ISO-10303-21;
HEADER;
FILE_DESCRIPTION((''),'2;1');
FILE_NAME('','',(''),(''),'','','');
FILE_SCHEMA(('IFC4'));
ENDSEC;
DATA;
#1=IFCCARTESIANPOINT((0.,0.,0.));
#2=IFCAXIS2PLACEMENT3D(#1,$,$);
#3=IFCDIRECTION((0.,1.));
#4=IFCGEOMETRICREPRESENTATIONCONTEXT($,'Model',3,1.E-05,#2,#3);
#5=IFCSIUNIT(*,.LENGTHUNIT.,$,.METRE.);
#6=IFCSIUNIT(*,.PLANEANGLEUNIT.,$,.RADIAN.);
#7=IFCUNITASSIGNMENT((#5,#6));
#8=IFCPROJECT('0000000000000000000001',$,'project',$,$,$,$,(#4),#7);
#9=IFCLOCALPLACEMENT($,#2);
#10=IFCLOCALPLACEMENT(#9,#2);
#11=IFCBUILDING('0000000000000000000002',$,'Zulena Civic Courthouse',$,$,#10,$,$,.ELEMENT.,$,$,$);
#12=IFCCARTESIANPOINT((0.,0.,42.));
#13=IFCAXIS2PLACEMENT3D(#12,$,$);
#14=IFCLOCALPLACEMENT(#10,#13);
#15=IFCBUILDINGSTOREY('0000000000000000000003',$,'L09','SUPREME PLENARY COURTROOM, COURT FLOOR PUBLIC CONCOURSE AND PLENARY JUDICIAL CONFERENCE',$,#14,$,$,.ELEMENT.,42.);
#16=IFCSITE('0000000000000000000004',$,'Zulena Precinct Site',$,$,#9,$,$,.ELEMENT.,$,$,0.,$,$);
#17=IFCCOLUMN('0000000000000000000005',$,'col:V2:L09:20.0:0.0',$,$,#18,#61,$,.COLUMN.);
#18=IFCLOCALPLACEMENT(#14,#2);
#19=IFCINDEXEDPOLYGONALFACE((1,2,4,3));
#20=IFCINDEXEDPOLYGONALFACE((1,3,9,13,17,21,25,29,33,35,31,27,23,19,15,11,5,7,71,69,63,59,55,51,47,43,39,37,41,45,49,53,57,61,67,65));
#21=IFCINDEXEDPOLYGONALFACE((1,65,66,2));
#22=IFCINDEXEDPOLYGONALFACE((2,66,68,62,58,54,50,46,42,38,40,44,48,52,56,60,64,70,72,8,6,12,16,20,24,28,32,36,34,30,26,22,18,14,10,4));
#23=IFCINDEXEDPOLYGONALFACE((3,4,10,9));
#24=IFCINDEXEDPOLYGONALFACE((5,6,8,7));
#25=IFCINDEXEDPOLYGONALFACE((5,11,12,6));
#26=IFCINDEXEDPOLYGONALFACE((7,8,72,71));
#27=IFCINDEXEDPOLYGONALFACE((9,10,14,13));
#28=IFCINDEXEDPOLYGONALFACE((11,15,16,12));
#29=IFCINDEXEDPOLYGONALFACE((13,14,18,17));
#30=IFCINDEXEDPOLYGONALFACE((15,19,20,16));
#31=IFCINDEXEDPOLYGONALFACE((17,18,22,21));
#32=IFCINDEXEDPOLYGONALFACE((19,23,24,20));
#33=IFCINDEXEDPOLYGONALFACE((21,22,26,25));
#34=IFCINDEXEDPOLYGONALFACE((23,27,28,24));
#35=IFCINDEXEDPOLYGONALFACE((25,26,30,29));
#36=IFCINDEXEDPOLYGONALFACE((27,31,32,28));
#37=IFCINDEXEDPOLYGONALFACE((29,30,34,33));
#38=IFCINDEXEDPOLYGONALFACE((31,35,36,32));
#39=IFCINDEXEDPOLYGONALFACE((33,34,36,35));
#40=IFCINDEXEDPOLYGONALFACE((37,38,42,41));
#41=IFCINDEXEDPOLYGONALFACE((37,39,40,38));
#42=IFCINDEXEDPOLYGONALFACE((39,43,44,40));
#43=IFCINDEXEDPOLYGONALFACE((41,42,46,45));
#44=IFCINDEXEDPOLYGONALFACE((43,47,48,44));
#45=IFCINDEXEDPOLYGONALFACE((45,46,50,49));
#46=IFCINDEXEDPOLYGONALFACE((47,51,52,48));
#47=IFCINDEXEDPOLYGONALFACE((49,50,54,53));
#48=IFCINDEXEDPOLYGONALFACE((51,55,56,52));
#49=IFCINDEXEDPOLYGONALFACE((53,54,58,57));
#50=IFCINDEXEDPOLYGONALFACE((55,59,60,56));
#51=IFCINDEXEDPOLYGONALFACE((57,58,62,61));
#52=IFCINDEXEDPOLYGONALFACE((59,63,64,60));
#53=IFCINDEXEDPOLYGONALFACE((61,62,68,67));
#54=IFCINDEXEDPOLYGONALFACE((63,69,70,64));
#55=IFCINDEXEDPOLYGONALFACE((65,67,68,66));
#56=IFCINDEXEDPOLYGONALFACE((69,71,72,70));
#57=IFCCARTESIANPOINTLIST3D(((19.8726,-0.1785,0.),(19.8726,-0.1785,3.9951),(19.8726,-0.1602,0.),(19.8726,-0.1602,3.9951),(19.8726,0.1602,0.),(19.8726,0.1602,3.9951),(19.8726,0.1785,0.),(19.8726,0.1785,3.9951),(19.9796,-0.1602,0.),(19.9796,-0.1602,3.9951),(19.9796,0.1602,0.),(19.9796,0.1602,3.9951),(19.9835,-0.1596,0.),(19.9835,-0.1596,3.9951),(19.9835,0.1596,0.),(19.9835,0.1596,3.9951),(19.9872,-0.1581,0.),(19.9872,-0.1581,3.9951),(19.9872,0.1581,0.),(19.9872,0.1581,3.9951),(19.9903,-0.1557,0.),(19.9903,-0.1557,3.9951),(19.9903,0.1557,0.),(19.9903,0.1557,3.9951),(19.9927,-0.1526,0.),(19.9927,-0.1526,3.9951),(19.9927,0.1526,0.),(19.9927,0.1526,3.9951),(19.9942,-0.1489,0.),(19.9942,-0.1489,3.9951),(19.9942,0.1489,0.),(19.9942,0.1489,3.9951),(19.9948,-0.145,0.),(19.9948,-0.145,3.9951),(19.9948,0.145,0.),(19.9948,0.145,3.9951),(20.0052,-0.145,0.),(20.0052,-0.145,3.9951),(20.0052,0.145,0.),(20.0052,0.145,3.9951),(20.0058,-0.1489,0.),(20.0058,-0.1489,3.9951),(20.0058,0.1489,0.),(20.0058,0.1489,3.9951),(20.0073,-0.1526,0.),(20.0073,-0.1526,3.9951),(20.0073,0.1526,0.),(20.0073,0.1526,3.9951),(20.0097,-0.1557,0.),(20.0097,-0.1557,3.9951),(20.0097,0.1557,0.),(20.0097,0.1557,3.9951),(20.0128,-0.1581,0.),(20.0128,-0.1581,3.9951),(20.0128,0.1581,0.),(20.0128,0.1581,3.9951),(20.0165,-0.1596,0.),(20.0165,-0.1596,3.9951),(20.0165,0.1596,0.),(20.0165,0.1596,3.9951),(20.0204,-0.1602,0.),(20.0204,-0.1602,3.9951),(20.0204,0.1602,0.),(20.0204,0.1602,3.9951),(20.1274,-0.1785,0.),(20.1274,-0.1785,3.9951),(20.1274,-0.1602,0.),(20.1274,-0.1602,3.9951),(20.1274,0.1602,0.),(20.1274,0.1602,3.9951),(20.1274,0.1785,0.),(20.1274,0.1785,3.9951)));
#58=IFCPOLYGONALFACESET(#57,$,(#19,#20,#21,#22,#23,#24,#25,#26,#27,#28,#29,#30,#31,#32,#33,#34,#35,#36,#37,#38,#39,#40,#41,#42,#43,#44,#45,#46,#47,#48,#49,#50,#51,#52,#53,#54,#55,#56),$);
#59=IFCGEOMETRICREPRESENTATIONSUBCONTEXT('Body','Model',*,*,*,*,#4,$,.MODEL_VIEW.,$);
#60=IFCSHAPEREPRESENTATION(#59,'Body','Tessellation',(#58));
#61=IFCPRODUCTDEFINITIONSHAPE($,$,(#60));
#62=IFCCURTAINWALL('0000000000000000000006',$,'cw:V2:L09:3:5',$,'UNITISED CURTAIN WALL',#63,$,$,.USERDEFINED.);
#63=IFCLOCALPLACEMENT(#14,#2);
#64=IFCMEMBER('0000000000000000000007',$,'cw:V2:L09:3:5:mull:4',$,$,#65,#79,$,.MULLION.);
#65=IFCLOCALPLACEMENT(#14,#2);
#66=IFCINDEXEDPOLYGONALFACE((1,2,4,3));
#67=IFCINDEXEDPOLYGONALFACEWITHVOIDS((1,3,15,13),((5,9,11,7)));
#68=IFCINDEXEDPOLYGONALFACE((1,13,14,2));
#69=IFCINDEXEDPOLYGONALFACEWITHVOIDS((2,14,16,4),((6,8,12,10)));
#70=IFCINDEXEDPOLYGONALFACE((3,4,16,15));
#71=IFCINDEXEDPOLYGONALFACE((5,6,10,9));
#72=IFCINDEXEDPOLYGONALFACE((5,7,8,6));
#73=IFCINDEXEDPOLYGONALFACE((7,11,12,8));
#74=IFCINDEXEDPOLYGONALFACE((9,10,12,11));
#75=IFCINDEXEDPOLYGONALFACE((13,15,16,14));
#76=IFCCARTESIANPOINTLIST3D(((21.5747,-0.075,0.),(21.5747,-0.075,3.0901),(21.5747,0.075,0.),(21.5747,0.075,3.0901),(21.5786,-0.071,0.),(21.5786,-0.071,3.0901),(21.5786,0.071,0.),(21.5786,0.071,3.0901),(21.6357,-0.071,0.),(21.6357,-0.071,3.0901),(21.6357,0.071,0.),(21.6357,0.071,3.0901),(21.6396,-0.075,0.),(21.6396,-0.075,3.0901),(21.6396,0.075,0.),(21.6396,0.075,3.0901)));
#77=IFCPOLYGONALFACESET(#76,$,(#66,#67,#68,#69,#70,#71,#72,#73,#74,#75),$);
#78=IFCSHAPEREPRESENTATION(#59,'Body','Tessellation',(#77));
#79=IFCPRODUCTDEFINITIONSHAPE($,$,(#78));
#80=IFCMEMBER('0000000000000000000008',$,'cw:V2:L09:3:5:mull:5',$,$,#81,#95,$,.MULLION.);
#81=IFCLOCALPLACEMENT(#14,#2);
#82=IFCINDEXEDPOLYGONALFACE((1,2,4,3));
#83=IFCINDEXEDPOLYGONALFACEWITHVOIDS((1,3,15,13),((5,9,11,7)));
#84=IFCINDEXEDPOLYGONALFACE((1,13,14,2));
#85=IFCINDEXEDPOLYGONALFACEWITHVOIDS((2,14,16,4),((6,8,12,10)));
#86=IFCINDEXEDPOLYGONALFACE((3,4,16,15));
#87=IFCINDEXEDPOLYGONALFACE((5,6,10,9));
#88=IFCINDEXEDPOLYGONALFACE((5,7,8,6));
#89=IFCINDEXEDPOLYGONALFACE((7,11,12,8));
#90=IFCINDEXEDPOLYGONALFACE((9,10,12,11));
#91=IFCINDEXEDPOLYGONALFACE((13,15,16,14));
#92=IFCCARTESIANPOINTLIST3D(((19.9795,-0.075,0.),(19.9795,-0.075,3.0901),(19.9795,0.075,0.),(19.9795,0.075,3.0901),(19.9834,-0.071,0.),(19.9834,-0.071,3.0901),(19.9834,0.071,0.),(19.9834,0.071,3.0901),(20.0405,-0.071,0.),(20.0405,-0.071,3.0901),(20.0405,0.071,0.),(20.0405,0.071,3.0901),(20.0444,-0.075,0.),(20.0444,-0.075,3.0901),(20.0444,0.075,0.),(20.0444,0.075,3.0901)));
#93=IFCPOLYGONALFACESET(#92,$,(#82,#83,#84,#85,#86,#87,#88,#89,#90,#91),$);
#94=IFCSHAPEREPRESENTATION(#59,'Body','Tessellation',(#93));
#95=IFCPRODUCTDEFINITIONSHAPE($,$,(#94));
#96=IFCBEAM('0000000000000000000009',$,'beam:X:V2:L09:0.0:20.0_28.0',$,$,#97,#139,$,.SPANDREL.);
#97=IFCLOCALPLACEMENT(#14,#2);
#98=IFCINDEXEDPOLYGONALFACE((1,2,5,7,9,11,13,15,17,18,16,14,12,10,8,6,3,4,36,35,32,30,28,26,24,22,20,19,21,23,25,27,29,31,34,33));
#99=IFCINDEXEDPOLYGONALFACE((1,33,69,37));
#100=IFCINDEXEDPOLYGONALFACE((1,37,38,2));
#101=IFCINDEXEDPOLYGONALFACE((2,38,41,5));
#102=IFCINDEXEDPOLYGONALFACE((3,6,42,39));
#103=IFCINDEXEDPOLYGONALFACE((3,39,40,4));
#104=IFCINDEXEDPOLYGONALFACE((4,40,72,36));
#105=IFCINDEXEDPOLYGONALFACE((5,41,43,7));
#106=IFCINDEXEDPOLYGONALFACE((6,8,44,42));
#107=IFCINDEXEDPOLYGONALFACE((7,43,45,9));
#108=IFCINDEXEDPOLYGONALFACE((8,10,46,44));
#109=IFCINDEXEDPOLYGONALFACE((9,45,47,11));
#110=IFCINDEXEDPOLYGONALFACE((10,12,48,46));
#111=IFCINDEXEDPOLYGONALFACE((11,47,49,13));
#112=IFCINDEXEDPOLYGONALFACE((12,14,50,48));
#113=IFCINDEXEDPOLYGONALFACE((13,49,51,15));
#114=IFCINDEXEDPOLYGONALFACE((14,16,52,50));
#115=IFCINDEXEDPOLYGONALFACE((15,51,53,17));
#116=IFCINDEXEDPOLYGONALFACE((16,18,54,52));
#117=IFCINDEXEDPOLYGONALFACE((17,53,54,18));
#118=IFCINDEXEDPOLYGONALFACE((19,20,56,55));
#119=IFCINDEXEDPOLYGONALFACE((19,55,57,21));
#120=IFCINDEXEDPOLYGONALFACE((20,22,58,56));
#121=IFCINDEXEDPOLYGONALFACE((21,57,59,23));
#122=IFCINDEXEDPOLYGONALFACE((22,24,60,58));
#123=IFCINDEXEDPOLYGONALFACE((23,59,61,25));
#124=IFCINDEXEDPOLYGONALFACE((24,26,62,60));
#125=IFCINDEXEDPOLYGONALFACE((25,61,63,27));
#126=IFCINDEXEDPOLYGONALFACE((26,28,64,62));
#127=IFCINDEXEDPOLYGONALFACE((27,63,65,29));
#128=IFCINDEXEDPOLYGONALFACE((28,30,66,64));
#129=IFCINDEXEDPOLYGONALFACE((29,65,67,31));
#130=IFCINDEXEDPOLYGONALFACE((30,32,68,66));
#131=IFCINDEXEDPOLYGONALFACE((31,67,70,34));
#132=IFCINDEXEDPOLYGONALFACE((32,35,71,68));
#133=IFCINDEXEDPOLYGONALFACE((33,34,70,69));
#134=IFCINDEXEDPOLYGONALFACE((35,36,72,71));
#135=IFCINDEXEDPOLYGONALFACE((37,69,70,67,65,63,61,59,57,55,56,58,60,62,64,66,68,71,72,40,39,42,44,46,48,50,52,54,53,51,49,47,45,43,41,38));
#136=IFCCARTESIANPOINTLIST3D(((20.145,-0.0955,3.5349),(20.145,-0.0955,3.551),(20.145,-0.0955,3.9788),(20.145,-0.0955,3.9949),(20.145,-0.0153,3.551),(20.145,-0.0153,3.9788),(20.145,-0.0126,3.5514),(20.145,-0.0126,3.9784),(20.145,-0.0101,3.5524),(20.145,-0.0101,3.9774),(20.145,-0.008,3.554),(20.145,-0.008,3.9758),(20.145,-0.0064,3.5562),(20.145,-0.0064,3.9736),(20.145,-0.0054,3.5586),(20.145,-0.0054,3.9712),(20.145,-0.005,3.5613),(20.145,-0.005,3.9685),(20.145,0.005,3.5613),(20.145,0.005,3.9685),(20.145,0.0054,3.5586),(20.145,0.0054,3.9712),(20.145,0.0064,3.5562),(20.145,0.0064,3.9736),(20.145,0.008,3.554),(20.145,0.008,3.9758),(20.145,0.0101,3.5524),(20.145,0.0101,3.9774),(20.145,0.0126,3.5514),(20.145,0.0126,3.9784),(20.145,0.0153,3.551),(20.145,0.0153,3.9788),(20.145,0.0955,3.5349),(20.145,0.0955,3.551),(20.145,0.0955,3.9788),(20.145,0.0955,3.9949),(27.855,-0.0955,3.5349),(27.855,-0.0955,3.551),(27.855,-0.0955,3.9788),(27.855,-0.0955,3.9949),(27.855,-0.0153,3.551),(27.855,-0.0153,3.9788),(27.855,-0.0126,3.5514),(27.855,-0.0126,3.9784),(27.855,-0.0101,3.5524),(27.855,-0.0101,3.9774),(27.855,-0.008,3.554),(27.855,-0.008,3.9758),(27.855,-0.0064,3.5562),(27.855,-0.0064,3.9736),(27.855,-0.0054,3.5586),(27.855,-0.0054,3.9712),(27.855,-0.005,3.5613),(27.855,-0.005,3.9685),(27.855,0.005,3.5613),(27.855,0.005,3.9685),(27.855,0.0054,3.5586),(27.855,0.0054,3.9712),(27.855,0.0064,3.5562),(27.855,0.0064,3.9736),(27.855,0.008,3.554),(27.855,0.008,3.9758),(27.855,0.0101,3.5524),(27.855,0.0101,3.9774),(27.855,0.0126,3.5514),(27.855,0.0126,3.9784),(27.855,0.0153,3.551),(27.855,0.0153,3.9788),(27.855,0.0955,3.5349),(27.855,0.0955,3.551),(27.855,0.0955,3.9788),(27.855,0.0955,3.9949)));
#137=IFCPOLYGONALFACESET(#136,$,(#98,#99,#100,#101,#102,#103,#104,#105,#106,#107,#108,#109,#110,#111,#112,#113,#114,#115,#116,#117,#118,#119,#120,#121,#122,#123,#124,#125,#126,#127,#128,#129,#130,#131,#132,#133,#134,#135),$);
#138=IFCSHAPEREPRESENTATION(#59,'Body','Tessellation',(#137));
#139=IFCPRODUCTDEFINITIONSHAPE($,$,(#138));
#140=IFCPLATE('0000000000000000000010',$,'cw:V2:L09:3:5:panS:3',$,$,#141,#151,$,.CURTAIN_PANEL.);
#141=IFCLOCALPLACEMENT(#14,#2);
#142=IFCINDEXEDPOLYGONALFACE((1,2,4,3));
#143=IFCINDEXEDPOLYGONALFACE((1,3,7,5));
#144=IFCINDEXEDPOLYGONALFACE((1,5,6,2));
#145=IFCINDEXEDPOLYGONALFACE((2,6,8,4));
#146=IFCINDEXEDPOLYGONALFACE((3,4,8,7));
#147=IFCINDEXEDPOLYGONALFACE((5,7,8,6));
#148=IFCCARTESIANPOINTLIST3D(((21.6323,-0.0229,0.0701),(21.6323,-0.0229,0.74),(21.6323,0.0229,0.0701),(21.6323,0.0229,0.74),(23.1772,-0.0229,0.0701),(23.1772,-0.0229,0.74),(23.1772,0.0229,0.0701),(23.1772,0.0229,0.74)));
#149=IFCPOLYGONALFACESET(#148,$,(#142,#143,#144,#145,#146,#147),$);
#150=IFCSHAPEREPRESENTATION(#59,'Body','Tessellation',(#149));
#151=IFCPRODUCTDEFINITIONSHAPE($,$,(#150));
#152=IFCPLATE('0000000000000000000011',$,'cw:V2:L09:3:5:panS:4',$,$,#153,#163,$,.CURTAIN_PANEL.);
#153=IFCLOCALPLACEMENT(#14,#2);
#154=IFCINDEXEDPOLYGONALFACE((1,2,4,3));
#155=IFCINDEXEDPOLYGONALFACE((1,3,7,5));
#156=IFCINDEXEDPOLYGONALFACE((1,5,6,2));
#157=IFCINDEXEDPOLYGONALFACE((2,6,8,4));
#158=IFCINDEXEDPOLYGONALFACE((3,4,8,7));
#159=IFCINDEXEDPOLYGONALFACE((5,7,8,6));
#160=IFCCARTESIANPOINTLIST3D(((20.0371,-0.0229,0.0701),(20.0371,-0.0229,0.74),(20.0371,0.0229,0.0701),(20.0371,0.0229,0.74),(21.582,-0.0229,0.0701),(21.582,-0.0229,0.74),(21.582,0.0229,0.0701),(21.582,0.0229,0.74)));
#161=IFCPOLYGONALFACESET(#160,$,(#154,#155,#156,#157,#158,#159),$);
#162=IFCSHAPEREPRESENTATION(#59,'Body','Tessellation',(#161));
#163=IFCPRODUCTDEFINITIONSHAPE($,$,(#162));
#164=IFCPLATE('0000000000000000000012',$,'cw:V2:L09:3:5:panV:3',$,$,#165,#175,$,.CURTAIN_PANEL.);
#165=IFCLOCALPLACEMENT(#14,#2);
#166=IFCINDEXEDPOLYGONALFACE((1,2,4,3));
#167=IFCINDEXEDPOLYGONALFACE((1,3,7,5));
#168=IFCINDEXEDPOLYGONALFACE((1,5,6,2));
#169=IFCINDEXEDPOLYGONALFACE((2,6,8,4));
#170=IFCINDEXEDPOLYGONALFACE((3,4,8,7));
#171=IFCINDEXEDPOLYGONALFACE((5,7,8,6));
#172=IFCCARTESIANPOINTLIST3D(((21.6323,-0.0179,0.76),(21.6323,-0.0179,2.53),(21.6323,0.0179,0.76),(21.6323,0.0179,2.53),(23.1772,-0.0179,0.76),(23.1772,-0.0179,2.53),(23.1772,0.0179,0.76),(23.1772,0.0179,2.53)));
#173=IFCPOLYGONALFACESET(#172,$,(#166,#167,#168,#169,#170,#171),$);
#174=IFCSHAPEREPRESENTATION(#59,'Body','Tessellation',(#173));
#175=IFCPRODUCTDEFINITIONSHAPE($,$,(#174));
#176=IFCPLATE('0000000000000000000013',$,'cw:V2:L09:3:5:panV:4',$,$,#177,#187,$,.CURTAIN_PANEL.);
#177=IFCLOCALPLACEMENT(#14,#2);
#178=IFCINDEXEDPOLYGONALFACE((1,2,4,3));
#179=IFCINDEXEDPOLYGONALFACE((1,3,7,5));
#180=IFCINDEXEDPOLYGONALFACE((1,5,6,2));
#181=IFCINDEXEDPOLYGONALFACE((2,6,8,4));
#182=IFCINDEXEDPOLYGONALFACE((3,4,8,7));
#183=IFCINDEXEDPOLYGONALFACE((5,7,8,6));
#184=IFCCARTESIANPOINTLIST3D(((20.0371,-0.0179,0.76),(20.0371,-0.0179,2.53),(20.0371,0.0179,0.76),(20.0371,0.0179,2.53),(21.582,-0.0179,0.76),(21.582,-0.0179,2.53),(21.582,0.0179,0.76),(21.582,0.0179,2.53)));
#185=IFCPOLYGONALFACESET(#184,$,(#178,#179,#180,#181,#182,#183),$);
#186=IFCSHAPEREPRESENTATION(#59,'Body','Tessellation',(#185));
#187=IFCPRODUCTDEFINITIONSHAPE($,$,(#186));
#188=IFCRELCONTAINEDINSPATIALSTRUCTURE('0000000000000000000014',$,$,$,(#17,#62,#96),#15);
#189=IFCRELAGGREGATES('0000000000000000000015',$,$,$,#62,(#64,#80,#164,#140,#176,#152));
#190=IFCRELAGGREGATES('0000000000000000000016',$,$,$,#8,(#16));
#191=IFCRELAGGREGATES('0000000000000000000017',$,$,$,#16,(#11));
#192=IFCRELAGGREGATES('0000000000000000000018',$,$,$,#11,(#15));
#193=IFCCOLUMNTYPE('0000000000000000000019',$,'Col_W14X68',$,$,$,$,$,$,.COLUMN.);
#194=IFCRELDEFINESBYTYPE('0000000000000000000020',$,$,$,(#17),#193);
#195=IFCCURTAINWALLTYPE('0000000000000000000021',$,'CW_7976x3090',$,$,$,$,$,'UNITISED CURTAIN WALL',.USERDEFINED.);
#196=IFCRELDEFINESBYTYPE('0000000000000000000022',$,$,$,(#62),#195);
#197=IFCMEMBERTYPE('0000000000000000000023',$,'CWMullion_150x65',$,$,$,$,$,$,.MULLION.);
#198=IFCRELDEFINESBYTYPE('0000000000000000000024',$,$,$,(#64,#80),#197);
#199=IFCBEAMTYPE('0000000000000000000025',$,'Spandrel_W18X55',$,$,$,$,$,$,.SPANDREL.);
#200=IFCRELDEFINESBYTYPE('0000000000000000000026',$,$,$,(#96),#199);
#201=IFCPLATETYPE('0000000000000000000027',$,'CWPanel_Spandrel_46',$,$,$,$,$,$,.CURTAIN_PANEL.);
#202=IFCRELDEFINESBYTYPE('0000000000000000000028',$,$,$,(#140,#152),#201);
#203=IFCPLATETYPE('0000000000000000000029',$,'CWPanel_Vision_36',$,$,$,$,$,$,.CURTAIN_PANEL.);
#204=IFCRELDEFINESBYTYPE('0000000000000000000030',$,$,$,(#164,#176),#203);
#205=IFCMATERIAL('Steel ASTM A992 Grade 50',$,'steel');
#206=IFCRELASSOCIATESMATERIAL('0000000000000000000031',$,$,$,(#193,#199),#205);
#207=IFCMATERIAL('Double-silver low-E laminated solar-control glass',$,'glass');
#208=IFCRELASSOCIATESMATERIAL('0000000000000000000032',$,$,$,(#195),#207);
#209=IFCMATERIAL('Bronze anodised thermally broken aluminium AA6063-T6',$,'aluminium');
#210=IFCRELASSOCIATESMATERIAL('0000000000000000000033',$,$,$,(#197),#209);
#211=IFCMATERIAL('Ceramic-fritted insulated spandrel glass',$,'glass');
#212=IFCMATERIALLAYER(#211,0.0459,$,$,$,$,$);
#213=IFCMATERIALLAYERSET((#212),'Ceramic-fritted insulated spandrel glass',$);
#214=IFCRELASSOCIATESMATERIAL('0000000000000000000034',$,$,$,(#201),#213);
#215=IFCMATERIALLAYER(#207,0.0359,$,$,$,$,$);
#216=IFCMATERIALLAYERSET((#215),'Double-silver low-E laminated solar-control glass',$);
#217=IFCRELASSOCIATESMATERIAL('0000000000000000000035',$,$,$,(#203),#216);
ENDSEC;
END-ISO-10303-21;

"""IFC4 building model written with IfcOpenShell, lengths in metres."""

from ifc_helpers import new_model, si_unit, direction, frame, origin, origin_2d, place, context, subcontext, project, spatial, rectangle, hollow_rectangle, i_section, extrude, material, layer, layer_set, material_profile, profile_set, type_object, element, aggregate, save


model = new_model("IFC4")

# Units and contexts
model_context = context("Model", 3, precision=1e-05, world=origin(), true_north=direction((0.0, 1.0)))
body_context = subcontext(model_context, "Body", "Model", "MODEL_VIEW")
ifc_project = project(units=[si_unit("LENGTHUNIT", "METRE"), si_unit("PLANEANGLEUNIT", "RADIAN")], contexts=[model_context])

# Site, building, storey
site_placement = place(None, origin())
site = spatial("IfcSite", under=ifc_project, at=site_placement, Name="Zulena Precinct Site", CompositionType="ELEMENT", RefElevation=0.0)
building_placement = place(site_placement, origin())
building = spatial("IfcBuilding", under=site, at=building_placement, Name="Zulena Civic Courthouse", CompositionType="ELEMENT")
storey_placement = place(building_placement, frame((0.0, 0.0, 42.0)))
storey = spatial("IfcBuildingStorey", under=building, at=storey_placement, Name="L09", Description="SUPREME PLENARY COURTROOM, COURT FLOOR PUBLIC CONCOURSE AND PLENARY JUDICIAL CONFERENCE", CompositionType="ELEMENT", Elevation=42.0)

# Column
ifc_material_1 = material(Name="Steel ASTM A992 Grade 50", Category="steel")
ifc_material_profile_1 = material_profile(ifc_material_1, i_section(OverallWidth=0.2549, OverallDepth=0.3569, WebThickness=0.0105, FlangeThickness=0.0183, FilletRadius=0.0151, at=origin_2d()), Name="W14X68")
ifc_profile_set_1 = profile_set([ifc_material_profile_1], Name="Steel ASTM A992 Grade 50")
column_type = type_object("IfcColumnType", Name="Col_W14X68", PredefinedType="COLUMN", material=ifc_profile_set_1)
column_placement = place(storey_placement, frame((20.0, 0.0, 0.0), z_axis=(0.0, 0.0, 1.0), x_axis=(1.0, 0.0, 0.0)))
element("IfcColumn", 1, at=column_placement, inside=storey, type_object=column_type, Name="col:V2:L09:20.0:0.0", PredefinedType="COLUMN", context=body_context, shape_type="SweptSolid", body=[
    extrude(i_section(OverallWidth=0.2549, OverallDepth=0.3569, WebThickness=0.0105, FlangeThickness=0.0183, FilletRadius=0.0151, at=origin_2d()), origin(), (0.0, 0.0, 1.0), 3.9951),
])

# Curtain wall, members
ifc_material_2 = material(Name="Double-silver low-E laminated solar-control glass", Category="glass")
curtain_wall_type = type_object("IfcCurtainWallType", Name="CW_7976x3090", ElementType="UNITISED CURTAIN WALL", PredefinedType="USERDEFINED", material=ifc_material_2)
curtain_wall_placement = place(storey_placement, origin())
curtain_wall = element("IfcCurtainWall", 2, at=curtain_wall_placement, inside=storey, type_object=curtain_wall_type, Name="cw:V2:L09:3:5", ObjectType="UNITISED CURTAIN WALL", PredefinedType="USERDEFINED")
ifc_material_3 = material(Name="Bronze anodised thermally broken aluminium AA6063-T6", Category="aluminium")
ifc_material_profile_2 = material_profile(ifc_material_3, hollow_rectangle(XDim=0.0649, YDim=0.1499, WallThickness=0.0039, at=origin_2d()), Name="CWM150X65X4")
ifc_profile_set_2 = profile_set([ifc_material_profile_2], Name="Bronze anodised thermally broken aluminium AA6063-T6")
member_type = type_object("IfcMemberType", Name="CWMullion_150x65", PredefinedType="MULLION", material=ifc_profile_set_2)
member_1_placement = place(storey_placement, frame((21.6072, 0.0, 0.0), z_axis=(0.0, 0.0, 1.0), x_axis=(1.0, 0.0, 0.0)))
member_1 = element("IfcMember", 3, at=member_1_placement, type_object=member_type, Name="cw:V2:L09:3:5:mull:4", PredefinedType="MULLION", context=body_context, shape_type="SweptSolid", body=[
    extrude(hollow_rectangle(XDim=0.0649, YDim=0.1499, WallThickness=0.0039, at=origin_2d()), origin(), (0.0, 0.0, 1.0), 3.0901),
])
member_2_placement = place(storey_placement, frame((20.012, 0.0, 0.0), z_axis=(0.0, 0.0, 1.0), x_axis=(1.0, 0.0, 0.0)))
member_2 = element("IfcMember", 4, at=member_2_placement, type_object=member_type, Name="cw:V2:L09:3:5:mull:5", PredefinedType="MULLION", context=body_context, shape_type="SweptSolid", body=[
    extrude(hollow_rectangle(XDim=0.0649, YDim=0.1499, WallThickness=0.0039, at=origin_2d()), origin(), (0.0, 0.0, 1.0), 3.0901),
])

# Beam
ifc_material_profile_3 = material_profile(ifc_material_1, i_section(OverallWidth=0.1909, OverallDepth=0.46, WebThickness=0.01, FlangeThickness=0.0161, FilletRadius=0.0103, at=origin_2d()), Name="W18X55")
ifc_profile_set_3 = profile_set([ifc_material_profile_3], Name="Steel ASTM A992 Grade 50")
beam_type = type_object("IfcBeamType", Name="Spandrel_W18X55", PredefinedType="SPANDREL", material=ifc_profile_set_3)
beam_placement = place(storey_placement, frame((20.145, 0.0, 3.7649), z_axis=(1.0, 0.0, 0.0), x_axis=(0.0, 1.0, 0.0)))
element("IfcBeam", 5, at=beam_placement, inside=storey, type_object=beam_type, Name="beam:X:V2:L09:0.0:20.0_28.0", PredefinedType="SPANDREL", context=body_context, shape_type="SweptSolid", body=[
    extrude(i_section(OverallWidth=0.1909, OverallDepth=0.46, WebThickness=0.01, FlangeThickness=0.0161, FilletRadius=0.0103, at=origin_2d()), origin(), (0.0, 0.0, 1.0), 7.71),
])

# Plates
ifc_material_4 = material(Name="Ceramic-fritted insulated spandrel glass", Category="glass")
ifc_layer_1 = layer(ifc_material_4, 0.0459)
ifc_layer_set_1 = layer_set([ifc_layer_1], Name="Ceramic-fritted insulated spandrel glass")
plate_type_1 = type_object("IfcPlateType", Name="CWPanel_Spandrel_46", PredefinedType="CURTAIN_PANEL", material=ifc_layer_set_1)
plate_1_placement = place(storey_placement, frame((22.4048, 0.0, 0.0701), z_axis=(0.0, 0.0, 1.0), x_axis=(-1.0, 0.0, 0.0)))
plate_1 = element("IfcPlate", 6, at=plate_1_placement, type_object=plate_type_1, Name="cw:V2:L09:3:5:panS:3", PredefinedType="CURTAIN_PANEL", context=body_context, shape_type="SweptSolid", body=[
    extrude(rectangle(XDim=1.5449, YDim=0.0459, at=origin_2d()), origin(), (0.0, 0.0, 1.0), 0.6699),
])
plate_2_placement = place(storey_placement, frame((20.8096, 0.0, 0.0701), z_axis=(0.0, 0.0, 1.0), x_axis=(-1.0, 0.0, 0.0)))
plate_2 = element("IfcPlate", 7, at=plate_2_placement, type_object=plate_type_1, Name="cw:V2:L09:3:5:panS:4", PredefinedType="CURTAIN_PANEL", context=body_context, shape_type="SweptSolid", body=[
    extrude(rectangle(XDim=1.5449, YDim=0.0459, at=origin_2d()), origin(), (0.0, 0.0, 1.0), 0.6699),
])
ifc_layer_2 = layer(ifc_material_2, 0.0359)
ifc_layer_set_2 = layer_set([ifc_layer_2], Name="Double-silver low-E laminated solar-control glass")
plate_type_2 = type_object("IfcPlateType", Name="CWPanel_Vision_36", PredefinedType="CURTAIN_PANEL", material=ifc_layer_set_2)
plate_3_placement = place(storey_placement, frame((22.4048, 0.0, 0.76), z_axis=(0.0, 0.0, 1.0), x_axis=(-1.0, 0.0, 0.0)))
plate_3 = element("IfcPlate", 8, at=plate_3_placement, type_object=plate_type_2, Name="cw:V2:L09:3:5:panV:3", PredefinedType="CURTAIN_PANEL", context=body_context, shape_type="SweptSolid", body=[
    extrude(rectangle(XDim=1.5449, YDim=0.0359, at=origin_2d()), origin(), (0.0, 0.0, 1.0), 1.77),
])
plate_4_placement = place(storey_placement, frame((20.8096, 0.0, 0.76), z_axis=(0.0, 0.0, 1.0), x_axis=(-1.0, 0.0, 0.0)))
plate_4 = element("IfcPlate", 9, at=plate_4_placement, type_object=plate_type_2, Name="cw:V2:L09:3:5:panV:4", PredefinedType="CURTAIN_PANEL", context=body_context, shape_type="SweptSolid", body=[
    extrude(rectangle(XDim=1.5449, YDim=0.0359, at=origin_2d()), origin(), (0.0, 0.0, 1.0), 1.77),
])
aggregate(curtain_wall, [member_1, member_2, plate_3, plate_1, plate_4, plate_2])

save(model, "model.ifc")
